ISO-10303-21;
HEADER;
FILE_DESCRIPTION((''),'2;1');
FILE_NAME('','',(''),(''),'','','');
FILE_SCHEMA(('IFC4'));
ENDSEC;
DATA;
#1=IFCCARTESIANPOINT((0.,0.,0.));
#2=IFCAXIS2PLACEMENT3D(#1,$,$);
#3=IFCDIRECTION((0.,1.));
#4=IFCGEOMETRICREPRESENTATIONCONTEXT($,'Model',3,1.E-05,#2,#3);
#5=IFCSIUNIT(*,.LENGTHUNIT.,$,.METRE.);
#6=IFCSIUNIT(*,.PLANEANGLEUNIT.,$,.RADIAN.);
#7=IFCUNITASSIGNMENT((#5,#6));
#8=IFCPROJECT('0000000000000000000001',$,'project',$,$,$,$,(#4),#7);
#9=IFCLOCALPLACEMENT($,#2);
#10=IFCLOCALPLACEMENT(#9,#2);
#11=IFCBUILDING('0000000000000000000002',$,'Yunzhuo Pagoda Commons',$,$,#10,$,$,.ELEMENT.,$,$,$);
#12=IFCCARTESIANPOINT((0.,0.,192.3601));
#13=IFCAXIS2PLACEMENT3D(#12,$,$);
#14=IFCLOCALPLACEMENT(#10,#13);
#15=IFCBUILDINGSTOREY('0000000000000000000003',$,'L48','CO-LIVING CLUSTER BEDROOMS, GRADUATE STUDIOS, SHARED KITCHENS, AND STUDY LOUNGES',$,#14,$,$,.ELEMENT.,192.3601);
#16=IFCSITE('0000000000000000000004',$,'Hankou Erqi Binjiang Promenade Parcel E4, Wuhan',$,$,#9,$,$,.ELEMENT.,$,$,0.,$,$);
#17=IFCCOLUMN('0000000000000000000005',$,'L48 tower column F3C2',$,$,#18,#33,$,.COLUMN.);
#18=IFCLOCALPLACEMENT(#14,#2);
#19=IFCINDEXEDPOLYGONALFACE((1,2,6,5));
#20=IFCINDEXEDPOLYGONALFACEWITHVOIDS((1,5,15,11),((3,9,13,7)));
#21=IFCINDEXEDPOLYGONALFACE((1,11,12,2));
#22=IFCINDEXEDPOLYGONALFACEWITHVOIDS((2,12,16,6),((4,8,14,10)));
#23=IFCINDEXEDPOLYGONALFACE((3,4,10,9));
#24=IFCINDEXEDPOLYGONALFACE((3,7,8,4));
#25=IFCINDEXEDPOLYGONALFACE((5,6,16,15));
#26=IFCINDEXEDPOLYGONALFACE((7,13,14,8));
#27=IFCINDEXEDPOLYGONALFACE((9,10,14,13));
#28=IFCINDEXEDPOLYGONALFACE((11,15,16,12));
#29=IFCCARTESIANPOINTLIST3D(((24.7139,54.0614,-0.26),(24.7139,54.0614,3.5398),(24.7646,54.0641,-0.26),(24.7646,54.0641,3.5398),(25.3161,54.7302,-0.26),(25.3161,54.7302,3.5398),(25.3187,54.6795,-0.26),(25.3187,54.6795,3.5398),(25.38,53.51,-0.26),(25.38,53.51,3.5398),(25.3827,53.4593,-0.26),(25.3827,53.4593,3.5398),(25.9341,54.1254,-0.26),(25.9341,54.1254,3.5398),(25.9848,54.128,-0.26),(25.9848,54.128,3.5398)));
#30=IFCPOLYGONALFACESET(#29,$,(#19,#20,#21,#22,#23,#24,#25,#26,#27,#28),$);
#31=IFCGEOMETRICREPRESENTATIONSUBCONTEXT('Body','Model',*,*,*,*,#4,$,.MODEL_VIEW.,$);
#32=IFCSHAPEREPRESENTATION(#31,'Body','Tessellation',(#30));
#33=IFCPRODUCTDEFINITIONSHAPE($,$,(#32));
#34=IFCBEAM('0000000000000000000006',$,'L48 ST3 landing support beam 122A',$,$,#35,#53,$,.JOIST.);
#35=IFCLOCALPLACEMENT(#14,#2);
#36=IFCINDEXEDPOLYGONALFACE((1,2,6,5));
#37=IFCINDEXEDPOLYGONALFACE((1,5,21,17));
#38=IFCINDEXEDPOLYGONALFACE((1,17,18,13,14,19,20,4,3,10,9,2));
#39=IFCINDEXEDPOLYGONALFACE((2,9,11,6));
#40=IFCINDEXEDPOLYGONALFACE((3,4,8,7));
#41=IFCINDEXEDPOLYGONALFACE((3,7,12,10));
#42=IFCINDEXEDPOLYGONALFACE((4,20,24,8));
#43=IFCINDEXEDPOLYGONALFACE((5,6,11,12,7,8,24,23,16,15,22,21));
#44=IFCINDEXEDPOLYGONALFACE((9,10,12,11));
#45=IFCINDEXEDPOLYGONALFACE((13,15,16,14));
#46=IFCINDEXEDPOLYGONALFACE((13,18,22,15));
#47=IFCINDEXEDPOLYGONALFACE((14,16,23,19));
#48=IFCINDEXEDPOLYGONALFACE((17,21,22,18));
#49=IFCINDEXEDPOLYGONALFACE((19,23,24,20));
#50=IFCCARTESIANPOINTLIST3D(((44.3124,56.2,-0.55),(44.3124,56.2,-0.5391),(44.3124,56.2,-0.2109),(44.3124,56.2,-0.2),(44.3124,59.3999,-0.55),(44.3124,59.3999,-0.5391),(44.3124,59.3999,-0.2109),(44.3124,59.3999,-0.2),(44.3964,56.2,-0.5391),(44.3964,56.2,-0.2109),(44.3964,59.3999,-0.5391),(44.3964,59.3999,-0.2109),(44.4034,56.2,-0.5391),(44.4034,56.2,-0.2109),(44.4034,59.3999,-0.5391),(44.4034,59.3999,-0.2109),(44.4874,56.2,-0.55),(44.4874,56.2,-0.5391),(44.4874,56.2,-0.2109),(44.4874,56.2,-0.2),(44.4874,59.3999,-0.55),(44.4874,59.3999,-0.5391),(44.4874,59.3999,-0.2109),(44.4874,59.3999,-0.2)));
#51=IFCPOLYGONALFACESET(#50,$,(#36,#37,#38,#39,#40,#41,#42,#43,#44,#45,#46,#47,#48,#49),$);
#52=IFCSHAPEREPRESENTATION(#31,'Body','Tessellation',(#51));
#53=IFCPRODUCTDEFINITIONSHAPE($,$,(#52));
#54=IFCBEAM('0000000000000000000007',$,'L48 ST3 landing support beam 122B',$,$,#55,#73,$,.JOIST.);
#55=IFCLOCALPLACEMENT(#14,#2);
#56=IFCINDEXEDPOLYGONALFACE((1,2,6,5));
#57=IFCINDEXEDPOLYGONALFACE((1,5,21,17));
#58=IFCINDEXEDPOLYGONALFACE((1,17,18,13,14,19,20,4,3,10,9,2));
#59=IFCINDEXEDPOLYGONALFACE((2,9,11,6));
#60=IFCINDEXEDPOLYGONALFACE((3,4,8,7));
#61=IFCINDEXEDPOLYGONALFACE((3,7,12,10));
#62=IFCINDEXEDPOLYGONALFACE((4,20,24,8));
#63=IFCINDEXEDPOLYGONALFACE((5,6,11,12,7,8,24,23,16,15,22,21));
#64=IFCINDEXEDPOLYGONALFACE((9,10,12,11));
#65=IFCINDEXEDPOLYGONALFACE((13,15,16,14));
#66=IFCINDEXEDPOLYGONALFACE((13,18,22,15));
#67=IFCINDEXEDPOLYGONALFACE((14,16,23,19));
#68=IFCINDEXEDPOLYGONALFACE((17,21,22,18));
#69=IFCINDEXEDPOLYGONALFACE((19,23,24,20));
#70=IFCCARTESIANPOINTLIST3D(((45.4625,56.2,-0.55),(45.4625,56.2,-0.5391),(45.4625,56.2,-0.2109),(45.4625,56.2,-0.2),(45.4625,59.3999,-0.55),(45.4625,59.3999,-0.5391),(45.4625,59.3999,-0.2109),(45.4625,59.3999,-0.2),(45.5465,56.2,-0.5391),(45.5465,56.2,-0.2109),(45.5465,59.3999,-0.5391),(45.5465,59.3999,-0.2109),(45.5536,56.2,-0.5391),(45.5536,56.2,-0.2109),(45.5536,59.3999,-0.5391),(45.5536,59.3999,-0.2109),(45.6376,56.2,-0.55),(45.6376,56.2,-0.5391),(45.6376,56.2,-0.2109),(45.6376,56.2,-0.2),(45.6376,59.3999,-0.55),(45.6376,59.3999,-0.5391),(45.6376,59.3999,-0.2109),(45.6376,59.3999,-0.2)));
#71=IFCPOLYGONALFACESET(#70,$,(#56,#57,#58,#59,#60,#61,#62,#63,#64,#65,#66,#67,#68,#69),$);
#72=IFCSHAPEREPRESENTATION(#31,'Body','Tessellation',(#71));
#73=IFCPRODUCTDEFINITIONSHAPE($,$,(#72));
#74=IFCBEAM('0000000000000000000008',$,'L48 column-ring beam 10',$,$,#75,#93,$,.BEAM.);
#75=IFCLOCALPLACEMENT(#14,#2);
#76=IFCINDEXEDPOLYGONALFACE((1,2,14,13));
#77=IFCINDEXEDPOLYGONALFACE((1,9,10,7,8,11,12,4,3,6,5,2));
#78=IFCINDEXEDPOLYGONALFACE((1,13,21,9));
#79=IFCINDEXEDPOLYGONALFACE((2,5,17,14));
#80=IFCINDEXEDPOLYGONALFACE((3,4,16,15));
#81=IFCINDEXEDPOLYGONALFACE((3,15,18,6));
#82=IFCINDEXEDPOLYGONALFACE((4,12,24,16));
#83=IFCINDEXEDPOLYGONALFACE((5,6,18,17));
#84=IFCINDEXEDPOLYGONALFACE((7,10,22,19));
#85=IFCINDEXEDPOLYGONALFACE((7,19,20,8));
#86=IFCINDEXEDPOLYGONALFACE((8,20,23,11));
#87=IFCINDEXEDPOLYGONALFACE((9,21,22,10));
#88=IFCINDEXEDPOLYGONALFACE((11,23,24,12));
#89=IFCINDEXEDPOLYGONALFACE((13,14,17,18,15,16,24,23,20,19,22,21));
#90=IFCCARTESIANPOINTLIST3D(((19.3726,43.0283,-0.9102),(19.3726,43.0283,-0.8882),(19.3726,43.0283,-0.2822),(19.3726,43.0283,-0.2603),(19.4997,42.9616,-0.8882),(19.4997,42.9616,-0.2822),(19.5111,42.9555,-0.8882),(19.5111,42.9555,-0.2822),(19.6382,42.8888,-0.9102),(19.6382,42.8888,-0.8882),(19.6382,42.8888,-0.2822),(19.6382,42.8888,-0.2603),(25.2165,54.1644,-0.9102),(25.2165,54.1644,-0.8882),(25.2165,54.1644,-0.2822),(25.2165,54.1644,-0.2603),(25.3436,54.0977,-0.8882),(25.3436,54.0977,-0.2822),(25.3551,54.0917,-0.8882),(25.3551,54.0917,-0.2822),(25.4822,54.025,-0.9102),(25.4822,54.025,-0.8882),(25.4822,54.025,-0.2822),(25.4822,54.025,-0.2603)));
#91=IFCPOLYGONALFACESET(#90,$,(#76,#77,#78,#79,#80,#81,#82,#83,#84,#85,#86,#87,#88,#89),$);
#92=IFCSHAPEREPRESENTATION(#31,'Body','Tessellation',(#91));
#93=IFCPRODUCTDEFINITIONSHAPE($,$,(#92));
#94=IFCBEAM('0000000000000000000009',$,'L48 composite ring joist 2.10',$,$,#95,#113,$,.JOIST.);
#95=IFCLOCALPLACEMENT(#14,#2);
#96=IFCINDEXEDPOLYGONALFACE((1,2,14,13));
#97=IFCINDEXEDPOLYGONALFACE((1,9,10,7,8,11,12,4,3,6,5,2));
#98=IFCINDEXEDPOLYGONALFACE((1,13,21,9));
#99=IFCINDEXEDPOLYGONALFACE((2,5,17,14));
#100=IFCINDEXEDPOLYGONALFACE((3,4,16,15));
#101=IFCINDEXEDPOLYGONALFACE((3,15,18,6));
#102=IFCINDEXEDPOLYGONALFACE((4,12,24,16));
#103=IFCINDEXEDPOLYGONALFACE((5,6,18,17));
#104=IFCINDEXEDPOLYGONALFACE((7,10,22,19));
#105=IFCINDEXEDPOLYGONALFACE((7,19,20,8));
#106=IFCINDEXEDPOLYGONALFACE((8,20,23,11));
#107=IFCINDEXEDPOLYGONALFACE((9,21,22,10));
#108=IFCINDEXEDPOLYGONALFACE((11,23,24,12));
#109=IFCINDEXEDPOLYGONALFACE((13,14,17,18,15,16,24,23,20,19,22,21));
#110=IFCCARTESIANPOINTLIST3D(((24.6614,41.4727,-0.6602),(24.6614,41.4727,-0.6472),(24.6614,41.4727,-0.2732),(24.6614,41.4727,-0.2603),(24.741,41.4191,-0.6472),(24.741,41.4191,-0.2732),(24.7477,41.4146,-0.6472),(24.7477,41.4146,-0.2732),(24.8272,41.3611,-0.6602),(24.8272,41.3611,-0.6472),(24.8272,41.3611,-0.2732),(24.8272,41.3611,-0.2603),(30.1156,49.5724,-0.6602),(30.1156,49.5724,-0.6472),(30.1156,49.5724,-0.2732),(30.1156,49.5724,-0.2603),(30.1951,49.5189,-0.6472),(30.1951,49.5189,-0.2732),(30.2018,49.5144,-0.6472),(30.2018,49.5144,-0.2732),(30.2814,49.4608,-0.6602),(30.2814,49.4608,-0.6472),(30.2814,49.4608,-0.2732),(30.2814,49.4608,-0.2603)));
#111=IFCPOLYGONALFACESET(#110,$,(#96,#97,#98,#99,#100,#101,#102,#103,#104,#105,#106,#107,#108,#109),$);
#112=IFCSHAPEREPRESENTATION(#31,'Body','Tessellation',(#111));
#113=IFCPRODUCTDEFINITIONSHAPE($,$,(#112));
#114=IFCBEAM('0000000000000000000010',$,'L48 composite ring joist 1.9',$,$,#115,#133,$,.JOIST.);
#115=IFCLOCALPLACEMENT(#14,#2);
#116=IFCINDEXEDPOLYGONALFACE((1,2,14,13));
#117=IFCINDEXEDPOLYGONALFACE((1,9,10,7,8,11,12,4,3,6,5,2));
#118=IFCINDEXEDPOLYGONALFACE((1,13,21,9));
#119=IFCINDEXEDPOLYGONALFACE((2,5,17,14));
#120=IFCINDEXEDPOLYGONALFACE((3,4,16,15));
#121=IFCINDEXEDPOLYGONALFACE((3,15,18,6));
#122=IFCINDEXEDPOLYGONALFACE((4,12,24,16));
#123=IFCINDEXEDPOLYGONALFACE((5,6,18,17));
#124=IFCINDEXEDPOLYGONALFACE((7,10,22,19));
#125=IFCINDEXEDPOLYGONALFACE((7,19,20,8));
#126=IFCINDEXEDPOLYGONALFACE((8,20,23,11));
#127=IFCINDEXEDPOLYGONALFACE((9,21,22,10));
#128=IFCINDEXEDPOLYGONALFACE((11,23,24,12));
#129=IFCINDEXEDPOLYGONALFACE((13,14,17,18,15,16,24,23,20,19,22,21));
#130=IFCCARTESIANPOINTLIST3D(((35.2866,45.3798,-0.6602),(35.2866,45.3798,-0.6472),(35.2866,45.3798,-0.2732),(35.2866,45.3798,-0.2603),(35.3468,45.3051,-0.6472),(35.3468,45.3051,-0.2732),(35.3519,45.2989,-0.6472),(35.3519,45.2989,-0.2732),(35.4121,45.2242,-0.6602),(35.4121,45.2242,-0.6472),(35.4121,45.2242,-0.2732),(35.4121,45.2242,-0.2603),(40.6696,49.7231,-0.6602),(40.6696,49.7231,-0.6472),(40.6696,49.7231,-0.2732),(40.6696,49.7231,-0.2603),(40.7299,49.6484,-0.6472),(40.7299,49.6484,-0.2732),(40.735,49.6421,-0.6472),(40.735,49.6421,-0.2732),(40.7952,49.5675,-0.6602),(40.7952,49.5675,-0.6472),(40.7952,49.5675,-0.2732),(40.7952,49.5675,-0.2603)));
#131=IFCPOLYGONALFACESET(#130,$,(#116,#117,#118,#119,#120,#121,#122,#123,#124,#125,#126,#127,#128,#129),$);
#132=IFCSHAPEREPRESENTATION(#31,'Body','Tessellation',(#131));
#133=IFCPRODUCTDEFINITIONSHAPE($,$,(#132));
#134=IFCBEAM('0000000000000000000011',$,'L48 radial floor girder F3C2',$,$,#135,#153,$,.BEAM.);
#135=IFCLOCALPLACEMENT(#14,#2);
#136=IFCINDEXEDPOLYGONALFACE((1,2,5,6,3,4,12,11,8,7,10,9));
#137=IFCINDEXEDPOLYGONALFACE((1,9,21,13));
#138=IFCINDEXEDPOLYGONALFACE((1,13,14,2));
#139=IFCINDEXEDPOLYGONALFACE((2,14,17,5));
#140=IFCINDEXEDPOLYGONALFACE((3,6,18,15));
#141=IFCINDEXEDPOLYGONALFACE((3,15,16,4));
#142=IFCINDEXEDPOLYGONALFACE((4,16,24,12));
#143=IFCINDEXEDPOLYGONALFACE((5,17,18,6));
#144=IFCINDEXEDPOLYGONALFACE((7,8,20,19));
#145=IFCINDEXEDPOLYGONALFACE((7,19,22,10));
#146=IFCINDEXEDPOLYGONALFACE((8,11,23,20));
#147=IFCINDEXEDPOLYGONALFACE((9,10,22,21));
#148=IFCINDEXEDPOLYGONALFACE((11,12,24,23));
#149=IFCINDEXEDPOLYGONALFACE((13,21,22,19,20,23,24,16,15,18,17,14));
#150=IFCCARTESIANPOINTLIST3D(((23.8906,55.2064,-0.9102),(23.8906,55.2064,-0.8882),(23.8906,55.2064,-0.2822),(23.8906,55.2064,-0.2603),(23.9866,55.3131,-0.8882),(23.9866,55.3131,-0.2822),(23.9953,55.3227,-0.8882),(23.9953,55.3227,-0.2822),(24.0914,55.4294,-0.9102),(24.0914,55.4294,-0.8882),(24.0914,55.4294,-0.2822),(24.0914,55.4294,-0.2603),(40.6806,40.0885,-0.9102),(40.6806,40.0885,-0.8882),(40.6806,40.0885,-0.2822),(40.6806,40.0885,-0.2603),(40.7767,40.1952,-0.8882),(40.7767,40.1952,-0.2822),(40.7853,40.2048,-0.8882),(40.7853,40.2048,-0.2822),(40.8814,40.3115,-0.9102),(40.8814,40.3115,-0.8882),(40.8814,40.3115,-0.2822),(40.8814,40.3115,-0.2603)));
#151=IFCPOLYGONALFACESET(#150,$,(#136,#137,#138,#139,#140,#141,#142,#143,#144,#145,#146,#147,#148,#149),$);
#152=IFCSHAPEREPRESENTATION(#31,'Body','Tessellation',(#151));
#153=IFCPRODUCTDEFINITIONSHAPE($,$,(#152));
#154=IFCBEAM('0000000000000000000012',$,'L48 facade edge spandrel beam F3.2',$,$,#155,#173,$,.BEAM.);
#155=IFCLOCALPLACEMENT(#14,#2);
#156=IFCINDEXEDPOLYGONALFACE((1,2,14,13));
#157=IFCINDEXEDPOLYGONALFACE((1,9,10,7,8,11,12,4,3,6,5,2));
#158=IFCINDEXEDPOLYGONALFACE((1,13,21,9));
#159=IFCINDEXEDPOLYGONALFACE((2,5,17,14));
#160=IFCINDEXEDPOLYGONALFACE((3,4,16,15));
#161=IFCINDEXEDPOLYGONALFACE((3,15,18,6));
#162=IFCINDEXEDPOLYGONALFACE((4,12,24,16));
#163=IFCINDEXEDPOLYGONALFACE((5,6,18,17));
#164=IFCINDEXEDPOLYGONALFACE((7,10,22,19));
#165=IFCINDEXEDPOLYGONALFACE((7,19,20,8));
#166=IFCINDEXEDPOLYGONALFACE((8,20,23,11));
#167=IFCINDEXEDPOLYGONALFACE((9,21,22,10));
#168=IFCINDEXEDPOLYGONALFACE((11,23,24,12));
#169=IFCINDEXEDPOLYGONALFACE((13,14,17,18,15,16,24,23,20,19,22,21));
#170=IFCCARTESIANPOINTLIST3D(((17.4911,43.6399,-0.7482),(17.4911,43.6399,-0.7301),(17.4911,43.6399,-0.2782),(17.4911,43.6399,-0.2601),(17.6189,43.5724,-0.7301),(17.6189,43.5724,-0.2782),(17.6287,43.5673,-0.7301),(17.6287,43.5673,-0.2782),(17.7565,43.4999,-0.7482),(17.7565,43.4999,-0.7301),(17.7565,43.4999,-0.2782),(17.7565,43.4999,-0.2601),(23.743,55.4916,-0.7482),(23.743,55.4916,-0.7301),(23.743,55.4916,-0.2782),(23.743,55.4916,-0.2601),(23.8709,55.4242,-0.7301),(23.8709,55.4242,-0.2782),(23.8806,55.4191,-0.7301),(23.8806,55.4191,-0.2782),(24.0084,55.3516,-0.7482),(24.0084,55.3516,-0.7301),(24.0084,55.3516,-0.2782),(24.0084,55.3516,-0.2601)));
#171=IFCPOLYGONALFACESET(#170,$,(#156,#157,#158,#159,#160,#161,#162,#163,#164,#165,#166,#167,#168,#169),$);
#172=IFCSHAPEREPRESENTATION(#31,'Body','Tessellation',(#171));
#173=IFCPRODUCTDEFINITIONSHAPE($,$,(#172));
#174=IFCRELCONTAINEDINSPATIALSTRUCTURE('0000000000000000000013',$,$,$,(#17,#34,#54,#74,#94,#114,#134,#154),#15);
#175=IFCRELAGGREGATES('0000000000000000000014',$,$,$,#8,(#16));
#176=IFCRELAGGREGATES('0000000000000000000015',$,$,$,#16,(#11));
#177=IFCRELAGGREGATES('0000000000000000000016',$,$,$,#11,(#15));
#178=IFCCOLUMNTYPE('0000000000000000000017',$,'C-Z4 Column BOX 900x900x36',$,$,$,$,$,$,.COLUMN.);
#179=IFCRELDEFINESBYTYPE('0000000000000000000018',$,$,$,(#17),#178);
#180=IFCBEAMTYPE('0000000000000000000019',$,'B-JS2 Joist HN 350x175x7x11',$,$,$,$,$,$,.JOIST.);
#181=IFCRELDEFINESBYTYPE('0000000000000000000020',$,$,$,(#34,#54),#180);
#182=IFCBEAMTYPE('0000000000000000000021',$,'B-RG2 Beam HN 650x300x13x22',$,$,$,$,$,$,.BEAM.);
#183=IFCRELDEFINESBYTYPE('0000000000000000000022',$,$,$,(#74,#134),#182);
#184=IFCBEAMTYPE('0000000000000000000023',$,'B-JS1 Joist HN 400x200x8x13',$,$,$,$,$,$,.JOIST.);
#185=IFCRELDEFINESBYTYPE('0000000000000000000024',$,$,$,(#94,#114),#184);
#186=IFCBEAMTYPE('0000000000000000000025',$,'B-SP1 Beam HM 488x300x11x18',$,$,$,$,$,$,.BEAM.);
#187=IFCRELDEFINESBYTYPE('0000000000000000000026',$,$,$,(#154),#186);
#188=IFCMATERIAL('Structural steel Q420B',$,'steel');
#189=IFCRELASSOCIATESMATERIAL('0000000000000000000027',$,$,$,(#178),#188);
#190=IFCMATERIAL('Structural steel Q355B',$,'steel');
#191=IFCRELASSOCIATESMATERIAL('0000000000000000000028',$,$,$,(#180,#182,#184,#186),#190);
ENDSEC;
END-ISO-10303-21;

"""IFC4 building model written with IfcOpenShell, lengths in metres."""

from ifc_helpers import new_model, si_unit, direction, frame, origin, origin_2d, place, context, subcontext, project, spatial, hollow_rectangle, i_section, extrude, source, transform, mapped, material, material_profile, profile_set, type_object, element, save


model = new_model("IFC4")

# Units and contexts
model_context = context("Model", 3, precision=1e-05, world=origin(), true_north=direction((0.0, 1.0)))
body_context = subcontext(model_context, "Body", "Model", "MODEL_VIEW")
ifc_project = project(units=[si_unit("LENGTHUNIT", "METRE"), si_unit("PLANEANGLEUNIT", "RADIAN")], contexts=[model_context])

# Site, building, storey
site_placement = place(None, origin())
site = spatial("IfcSite", under=ifc_project, at=site_placement, Name="Hankou Erqi Binjiang Promenade Parcel E4, Wuhan", CompositionType="ELEMENT", RefElevation=0.0)
building_placement = place(site_placement, origin())
building = spatial("IfcBuilding", under=site, at=building_placement, Name="Yunzhuo Pagoda Commons", CompositionType="ELEMENT")
storey_placement = place(building_placement, frame((0.0, 0.0, 192.3601)))
storey = spatial("IfcBuildingStorey", under=building, at=storey_placement, Name="L48", Description="CO-LIVING CLUSTER BEDROOMS, GRADUATE STUDIOS, SHARED KITCHENS, AND STUDY LOUNGES", CompositionType="ELEMENT", Elevation=192.3601)

# Column
ifc_material_1 = material(Name="Structural steel Q420B", Category="steel")
ifc_material_profile_1 = material_profile(ifc_material_1, hollow_rectangle(XDim=0.8999, YDim=0.8999, WallThickness=0.0359, at=origin_2d()), Name="Structural steel Q420B")
ifc_profile_set_1 = profile_set([ifc_material_profile_1], Name="Structural steel Q420B")
column_type = type_object("IfcColumnType", Name="C-Z4 Column BOX 900x900x36", PredefinedType="COLUMN", material=ifc_profile_set_1)
shared_shape_1 = source(origin(), body_context, "Body", "SweptSolid", [
    extrude(hollow_rectangle(XDim=0.8999, YDim=0.8999, WallThickness=0.0359, at=origin_2d()), origin(), (0.0, 0.0, 1.0), 3.7998),
])
column_placement = place(storey_placement, frame((25.3494, 54.0947, -0.26), z_axis=(0.0, 0.0, 1.0), x_axis=(-0.669131, -0.743145, 0.0)))
element("IfcColumn", 1, at=column_placement, inside=storey, type_object=column_type, Name="L48 tower column F3C2", PredefinedType="COLUMN", context=body_context, shape_type="MappedRepresentation", body=[
    mapped(shared_shape_1, transform((0.0, 0.0, 0.0), scale=1.0)),
])

# Beams
ifc_material_2 = material(Name="Structural steel Q355B", Category="steel")
ifc_material_profile_2 = material_profile(ifc_material_2, i_section(OverallWidth=0.175, OverallDepth=0.3501, WebThickness=0.0071, FlangeThickness=0.011, at=origin_2d()), Name="Structural steel Q355B")
ifc_profile_set_2 = profile_set([ifc_material_profile_2], Name="Structural steel Q355B")
beam_type_1 = type_object("IfcBeamType", Name="B-JS2 Joist HN 350x175x7x11", PredefinedType="JOIST", material=ifc_profile_set_2)
shared_shape_2 = source(origin(), body_context, "Body", "SweptSolid", [
    extrude(i_section(OverallWidth=0.175, OverallDepth=0.3501, WebThickness=0.0071, FlangeThickness=0.011, at=origin_2d()), origin(), (0.0, 0.0, 1.0), 3.2),
])
for number, where, z_axis, x_axis, name in (
    (2, (44.3999, 56.2, -0.375), (0.0, 1.0, 0.0), (-1.0, 0.0, 0.0), "L48 ST3 landing support beam 122A"),
    (3, (45.55, 56.2, -0.375), (0.0, 1.0, 0.0), (-1.0, 0.0, 0.0), "L48 ST3 landing support beam 122B"),
):
    element("IfcBeam", number, at=place(storey_placement, frame(where, z_axis=z_axis, x_axis=x_axis)), inside=storey, type_object=beam_type_1, Name=name, PredefinedType="JOIST", context=body_context, shape_type="MappedRepresentation", body=[
        mapped(shared_shape_2, transform((0.0, 0.0, 0.0), scale=1.0)),
    ])
ifc_material_profile_3 = material_profile(ifc_material_2, i_section(OverallWidth=0.3, OverallDepth=0.6499, WebThickness=0.0129, FlangeThickness=0.022, at=origin_2d()), Name="Structural steel Q355B")
ifc_profile_set_3 = profile_set([ifc_material_profile_3], Name="Structural steel Q355B")
beam_type_2 = type_object("IfcBeamType", Name="B-RG2 Beam HN 650x300x13x22", PredefinedType="BEAM", material=ifc_profile_set_3)
shared_shape_3 = source(origin(), body_context, "Body", "SweptSolid", [
    extrude(i_section(OverallWidth=0.3, OverallDepth=0.6499, WebThickness=0.0129, FlangeThickness=0.022, at=origin_2d()), origin(), (0.0, 0.0, 1.0), 12.5764),
])
beam_1_placement = place(storey_placement, frame((25.3494, 54.0947, -0.5852), z_axis=(-0.464676, -0.885481, 0.0), x_axis=(0.885481, -0.464676, 0.0)))
element("IfcBeam", 4, at=beam_1_placement, inside=storey, type_object=beam_type_2, Name="L48 column-ring beam 10", PredefinedType="BEAM", context=body_context, shape_type="MappedRepresentation", body=[
    mapped(shared_shape_3, transform((0.0, 0.0, 0.0), scale=1.0)),
])
ifc_material_profile_4 = material_profile(ifc_material_2, i_section(OverallWidth=0.2, OverallDepth=0.3999, WebThickness=0.0081, FlangeThickness=0.0129, at=origin_2d()), Name="Structural steel Q355B")
ifc_profile_set_4 = profile_set([ifc_material_profile_4], Name="Structural steel Q355B")
beam_type_3 = type_object("IfcBeamType", Name="B-JS1 Joist HN 400x200x8x13", PredefinedType="JOIST", material=ifc_profile_set_4)
shared_shape_4 = source(origin(), body_context, "Body", "SweptSolid", [
    extrude(i_section(OverallWidth=0.2, OverallDepth=0.3999, WebThickness=0.0081, FlangeThickness=0.0129, at=origin_2d()), origin(), (0.0, 0.0, 1.0), 9.7649),
])
beam_2_placement = place(storey_placement, frame((30.1985, 49.5166, -0.4602), z_axis=(-0.558548, -0.829472, 0.0), x_axis=(0.829472, -0.558548, 0.0)))
element("IfcBeam", 5, at=beam_2_placement, inside=storey, type_object=beam_type_3, Name="L48 composite ring joist 2.10", PredefinedType="JOIST", context=body_context, shape_type="MappedRepresentation", body=[
    mapped(shared_shape_4, transform((0.0, 0.0, 0.0), scale=1.0)),
])
shared_shape_5 = source(origin(), body_context, "Body", "SweptSolid", [
    extrude(i_section(OverallWidth=0.2, OverallDepth=0.3999, WebThickness=0.0081, FlangeThickness=0.0129, at=origin_2d()), origin(), (0.0, 0.0, 1.0), 6.9167),
])
beam_3_placement = place(storey_placement, frame((40.7324, 49.6453, -0.4602), z_axis=(-0.778266, -0.627935, 0.0), x_axis=(0.627935, -0.778266, 0.0)))
element("IfcBeam", 6, at=beam_3_placement, inside=storey, type_object=beam_type_3, Name="L48 composite ring joist 1.9", PredefinedType="JOIST", context=body_context, shape_type="MappedRepresentation", body=[
    mapped(shared_shape_5, transform((0.0, 0.0, 0.0), scale=1.0)),
])
shared_shape_6 = source(origin(), body_context, "Body", "SweptSolid", [
    extrude(i_section(OverallWidth=0.3, OverallDepth=0.6499, WebThickness=0.0129, FlangeThickness=0.022, at=origin_2d()), origin(), (0.0, 0.0, 1.0), 22.5933),
])
beam_4_placement = place(storey_placement, frame((23.991, 55.3179, -0.5852), z_axis=(0.743143, -0.669133, 0.0), x_axis=(0.669133, 0.743143, 0.0)))
element("IfcBeam", 7, at=beam_4_placement, inside=storey, type_object=beam_type_2, Name="L48 radial floor girder F3C2", PredefinedType="BEAM", context=body_context, shape_type="MappedRepresentation", body=[
    mapped(shared_shape_6, transform((0.0, 0.0, 0.0), scale=1.0)),
])
ifc_material_profile_5 = material_profile(ifc_material_2, i_section(OverallWidth=0.3, OverallDepth=0.488, WebThickness=0.011, FlangeThickness=0.0181, at=origin_2d()), Name="Structural steel Q355B")
ifc_profile_set_5 = profile_set([ifc_material_profile_5], Name="Structural steel Q355B")
beam_type_4 = type_object("IfcBeamType", Name="B-SP1 Beam HM 488x300x11x18", PredefinedType="BEAM", material=ifc_profile_set_5)
shared_shape_7 = source(origin(), body_context, "Body", "SweptSolid", [
    extrude(i_section(OverallWidth=0.3, OverallDepth=0.488, WebThickness=0.011, FlangeThickness=0.0181, at=origin_2d()), origin(), (0.0, 0.0, 1.0), 13.3997),
])
beam_5_placement = place(storey_placement, frame((23.8757, 55.4216, -0.5042), z_axis=(-0.466574, -0.884482, 0.0), x_axis=(0.884482, -0.466574, 0.0)))
element("IfcBeam", 8, at=beam_5_placement, inside=storey, type_object=beam_type_4, Name="L48 facade edge spandrel beam F3.2", PredefinedType="BEAM", context=body_context, shape_type="MappedRepresentation", body=[
    mapped(shared_shape_7, transform((0.0, 0.0, 0.0), scale=1.0)),
])

save(model, "model.ifc")
